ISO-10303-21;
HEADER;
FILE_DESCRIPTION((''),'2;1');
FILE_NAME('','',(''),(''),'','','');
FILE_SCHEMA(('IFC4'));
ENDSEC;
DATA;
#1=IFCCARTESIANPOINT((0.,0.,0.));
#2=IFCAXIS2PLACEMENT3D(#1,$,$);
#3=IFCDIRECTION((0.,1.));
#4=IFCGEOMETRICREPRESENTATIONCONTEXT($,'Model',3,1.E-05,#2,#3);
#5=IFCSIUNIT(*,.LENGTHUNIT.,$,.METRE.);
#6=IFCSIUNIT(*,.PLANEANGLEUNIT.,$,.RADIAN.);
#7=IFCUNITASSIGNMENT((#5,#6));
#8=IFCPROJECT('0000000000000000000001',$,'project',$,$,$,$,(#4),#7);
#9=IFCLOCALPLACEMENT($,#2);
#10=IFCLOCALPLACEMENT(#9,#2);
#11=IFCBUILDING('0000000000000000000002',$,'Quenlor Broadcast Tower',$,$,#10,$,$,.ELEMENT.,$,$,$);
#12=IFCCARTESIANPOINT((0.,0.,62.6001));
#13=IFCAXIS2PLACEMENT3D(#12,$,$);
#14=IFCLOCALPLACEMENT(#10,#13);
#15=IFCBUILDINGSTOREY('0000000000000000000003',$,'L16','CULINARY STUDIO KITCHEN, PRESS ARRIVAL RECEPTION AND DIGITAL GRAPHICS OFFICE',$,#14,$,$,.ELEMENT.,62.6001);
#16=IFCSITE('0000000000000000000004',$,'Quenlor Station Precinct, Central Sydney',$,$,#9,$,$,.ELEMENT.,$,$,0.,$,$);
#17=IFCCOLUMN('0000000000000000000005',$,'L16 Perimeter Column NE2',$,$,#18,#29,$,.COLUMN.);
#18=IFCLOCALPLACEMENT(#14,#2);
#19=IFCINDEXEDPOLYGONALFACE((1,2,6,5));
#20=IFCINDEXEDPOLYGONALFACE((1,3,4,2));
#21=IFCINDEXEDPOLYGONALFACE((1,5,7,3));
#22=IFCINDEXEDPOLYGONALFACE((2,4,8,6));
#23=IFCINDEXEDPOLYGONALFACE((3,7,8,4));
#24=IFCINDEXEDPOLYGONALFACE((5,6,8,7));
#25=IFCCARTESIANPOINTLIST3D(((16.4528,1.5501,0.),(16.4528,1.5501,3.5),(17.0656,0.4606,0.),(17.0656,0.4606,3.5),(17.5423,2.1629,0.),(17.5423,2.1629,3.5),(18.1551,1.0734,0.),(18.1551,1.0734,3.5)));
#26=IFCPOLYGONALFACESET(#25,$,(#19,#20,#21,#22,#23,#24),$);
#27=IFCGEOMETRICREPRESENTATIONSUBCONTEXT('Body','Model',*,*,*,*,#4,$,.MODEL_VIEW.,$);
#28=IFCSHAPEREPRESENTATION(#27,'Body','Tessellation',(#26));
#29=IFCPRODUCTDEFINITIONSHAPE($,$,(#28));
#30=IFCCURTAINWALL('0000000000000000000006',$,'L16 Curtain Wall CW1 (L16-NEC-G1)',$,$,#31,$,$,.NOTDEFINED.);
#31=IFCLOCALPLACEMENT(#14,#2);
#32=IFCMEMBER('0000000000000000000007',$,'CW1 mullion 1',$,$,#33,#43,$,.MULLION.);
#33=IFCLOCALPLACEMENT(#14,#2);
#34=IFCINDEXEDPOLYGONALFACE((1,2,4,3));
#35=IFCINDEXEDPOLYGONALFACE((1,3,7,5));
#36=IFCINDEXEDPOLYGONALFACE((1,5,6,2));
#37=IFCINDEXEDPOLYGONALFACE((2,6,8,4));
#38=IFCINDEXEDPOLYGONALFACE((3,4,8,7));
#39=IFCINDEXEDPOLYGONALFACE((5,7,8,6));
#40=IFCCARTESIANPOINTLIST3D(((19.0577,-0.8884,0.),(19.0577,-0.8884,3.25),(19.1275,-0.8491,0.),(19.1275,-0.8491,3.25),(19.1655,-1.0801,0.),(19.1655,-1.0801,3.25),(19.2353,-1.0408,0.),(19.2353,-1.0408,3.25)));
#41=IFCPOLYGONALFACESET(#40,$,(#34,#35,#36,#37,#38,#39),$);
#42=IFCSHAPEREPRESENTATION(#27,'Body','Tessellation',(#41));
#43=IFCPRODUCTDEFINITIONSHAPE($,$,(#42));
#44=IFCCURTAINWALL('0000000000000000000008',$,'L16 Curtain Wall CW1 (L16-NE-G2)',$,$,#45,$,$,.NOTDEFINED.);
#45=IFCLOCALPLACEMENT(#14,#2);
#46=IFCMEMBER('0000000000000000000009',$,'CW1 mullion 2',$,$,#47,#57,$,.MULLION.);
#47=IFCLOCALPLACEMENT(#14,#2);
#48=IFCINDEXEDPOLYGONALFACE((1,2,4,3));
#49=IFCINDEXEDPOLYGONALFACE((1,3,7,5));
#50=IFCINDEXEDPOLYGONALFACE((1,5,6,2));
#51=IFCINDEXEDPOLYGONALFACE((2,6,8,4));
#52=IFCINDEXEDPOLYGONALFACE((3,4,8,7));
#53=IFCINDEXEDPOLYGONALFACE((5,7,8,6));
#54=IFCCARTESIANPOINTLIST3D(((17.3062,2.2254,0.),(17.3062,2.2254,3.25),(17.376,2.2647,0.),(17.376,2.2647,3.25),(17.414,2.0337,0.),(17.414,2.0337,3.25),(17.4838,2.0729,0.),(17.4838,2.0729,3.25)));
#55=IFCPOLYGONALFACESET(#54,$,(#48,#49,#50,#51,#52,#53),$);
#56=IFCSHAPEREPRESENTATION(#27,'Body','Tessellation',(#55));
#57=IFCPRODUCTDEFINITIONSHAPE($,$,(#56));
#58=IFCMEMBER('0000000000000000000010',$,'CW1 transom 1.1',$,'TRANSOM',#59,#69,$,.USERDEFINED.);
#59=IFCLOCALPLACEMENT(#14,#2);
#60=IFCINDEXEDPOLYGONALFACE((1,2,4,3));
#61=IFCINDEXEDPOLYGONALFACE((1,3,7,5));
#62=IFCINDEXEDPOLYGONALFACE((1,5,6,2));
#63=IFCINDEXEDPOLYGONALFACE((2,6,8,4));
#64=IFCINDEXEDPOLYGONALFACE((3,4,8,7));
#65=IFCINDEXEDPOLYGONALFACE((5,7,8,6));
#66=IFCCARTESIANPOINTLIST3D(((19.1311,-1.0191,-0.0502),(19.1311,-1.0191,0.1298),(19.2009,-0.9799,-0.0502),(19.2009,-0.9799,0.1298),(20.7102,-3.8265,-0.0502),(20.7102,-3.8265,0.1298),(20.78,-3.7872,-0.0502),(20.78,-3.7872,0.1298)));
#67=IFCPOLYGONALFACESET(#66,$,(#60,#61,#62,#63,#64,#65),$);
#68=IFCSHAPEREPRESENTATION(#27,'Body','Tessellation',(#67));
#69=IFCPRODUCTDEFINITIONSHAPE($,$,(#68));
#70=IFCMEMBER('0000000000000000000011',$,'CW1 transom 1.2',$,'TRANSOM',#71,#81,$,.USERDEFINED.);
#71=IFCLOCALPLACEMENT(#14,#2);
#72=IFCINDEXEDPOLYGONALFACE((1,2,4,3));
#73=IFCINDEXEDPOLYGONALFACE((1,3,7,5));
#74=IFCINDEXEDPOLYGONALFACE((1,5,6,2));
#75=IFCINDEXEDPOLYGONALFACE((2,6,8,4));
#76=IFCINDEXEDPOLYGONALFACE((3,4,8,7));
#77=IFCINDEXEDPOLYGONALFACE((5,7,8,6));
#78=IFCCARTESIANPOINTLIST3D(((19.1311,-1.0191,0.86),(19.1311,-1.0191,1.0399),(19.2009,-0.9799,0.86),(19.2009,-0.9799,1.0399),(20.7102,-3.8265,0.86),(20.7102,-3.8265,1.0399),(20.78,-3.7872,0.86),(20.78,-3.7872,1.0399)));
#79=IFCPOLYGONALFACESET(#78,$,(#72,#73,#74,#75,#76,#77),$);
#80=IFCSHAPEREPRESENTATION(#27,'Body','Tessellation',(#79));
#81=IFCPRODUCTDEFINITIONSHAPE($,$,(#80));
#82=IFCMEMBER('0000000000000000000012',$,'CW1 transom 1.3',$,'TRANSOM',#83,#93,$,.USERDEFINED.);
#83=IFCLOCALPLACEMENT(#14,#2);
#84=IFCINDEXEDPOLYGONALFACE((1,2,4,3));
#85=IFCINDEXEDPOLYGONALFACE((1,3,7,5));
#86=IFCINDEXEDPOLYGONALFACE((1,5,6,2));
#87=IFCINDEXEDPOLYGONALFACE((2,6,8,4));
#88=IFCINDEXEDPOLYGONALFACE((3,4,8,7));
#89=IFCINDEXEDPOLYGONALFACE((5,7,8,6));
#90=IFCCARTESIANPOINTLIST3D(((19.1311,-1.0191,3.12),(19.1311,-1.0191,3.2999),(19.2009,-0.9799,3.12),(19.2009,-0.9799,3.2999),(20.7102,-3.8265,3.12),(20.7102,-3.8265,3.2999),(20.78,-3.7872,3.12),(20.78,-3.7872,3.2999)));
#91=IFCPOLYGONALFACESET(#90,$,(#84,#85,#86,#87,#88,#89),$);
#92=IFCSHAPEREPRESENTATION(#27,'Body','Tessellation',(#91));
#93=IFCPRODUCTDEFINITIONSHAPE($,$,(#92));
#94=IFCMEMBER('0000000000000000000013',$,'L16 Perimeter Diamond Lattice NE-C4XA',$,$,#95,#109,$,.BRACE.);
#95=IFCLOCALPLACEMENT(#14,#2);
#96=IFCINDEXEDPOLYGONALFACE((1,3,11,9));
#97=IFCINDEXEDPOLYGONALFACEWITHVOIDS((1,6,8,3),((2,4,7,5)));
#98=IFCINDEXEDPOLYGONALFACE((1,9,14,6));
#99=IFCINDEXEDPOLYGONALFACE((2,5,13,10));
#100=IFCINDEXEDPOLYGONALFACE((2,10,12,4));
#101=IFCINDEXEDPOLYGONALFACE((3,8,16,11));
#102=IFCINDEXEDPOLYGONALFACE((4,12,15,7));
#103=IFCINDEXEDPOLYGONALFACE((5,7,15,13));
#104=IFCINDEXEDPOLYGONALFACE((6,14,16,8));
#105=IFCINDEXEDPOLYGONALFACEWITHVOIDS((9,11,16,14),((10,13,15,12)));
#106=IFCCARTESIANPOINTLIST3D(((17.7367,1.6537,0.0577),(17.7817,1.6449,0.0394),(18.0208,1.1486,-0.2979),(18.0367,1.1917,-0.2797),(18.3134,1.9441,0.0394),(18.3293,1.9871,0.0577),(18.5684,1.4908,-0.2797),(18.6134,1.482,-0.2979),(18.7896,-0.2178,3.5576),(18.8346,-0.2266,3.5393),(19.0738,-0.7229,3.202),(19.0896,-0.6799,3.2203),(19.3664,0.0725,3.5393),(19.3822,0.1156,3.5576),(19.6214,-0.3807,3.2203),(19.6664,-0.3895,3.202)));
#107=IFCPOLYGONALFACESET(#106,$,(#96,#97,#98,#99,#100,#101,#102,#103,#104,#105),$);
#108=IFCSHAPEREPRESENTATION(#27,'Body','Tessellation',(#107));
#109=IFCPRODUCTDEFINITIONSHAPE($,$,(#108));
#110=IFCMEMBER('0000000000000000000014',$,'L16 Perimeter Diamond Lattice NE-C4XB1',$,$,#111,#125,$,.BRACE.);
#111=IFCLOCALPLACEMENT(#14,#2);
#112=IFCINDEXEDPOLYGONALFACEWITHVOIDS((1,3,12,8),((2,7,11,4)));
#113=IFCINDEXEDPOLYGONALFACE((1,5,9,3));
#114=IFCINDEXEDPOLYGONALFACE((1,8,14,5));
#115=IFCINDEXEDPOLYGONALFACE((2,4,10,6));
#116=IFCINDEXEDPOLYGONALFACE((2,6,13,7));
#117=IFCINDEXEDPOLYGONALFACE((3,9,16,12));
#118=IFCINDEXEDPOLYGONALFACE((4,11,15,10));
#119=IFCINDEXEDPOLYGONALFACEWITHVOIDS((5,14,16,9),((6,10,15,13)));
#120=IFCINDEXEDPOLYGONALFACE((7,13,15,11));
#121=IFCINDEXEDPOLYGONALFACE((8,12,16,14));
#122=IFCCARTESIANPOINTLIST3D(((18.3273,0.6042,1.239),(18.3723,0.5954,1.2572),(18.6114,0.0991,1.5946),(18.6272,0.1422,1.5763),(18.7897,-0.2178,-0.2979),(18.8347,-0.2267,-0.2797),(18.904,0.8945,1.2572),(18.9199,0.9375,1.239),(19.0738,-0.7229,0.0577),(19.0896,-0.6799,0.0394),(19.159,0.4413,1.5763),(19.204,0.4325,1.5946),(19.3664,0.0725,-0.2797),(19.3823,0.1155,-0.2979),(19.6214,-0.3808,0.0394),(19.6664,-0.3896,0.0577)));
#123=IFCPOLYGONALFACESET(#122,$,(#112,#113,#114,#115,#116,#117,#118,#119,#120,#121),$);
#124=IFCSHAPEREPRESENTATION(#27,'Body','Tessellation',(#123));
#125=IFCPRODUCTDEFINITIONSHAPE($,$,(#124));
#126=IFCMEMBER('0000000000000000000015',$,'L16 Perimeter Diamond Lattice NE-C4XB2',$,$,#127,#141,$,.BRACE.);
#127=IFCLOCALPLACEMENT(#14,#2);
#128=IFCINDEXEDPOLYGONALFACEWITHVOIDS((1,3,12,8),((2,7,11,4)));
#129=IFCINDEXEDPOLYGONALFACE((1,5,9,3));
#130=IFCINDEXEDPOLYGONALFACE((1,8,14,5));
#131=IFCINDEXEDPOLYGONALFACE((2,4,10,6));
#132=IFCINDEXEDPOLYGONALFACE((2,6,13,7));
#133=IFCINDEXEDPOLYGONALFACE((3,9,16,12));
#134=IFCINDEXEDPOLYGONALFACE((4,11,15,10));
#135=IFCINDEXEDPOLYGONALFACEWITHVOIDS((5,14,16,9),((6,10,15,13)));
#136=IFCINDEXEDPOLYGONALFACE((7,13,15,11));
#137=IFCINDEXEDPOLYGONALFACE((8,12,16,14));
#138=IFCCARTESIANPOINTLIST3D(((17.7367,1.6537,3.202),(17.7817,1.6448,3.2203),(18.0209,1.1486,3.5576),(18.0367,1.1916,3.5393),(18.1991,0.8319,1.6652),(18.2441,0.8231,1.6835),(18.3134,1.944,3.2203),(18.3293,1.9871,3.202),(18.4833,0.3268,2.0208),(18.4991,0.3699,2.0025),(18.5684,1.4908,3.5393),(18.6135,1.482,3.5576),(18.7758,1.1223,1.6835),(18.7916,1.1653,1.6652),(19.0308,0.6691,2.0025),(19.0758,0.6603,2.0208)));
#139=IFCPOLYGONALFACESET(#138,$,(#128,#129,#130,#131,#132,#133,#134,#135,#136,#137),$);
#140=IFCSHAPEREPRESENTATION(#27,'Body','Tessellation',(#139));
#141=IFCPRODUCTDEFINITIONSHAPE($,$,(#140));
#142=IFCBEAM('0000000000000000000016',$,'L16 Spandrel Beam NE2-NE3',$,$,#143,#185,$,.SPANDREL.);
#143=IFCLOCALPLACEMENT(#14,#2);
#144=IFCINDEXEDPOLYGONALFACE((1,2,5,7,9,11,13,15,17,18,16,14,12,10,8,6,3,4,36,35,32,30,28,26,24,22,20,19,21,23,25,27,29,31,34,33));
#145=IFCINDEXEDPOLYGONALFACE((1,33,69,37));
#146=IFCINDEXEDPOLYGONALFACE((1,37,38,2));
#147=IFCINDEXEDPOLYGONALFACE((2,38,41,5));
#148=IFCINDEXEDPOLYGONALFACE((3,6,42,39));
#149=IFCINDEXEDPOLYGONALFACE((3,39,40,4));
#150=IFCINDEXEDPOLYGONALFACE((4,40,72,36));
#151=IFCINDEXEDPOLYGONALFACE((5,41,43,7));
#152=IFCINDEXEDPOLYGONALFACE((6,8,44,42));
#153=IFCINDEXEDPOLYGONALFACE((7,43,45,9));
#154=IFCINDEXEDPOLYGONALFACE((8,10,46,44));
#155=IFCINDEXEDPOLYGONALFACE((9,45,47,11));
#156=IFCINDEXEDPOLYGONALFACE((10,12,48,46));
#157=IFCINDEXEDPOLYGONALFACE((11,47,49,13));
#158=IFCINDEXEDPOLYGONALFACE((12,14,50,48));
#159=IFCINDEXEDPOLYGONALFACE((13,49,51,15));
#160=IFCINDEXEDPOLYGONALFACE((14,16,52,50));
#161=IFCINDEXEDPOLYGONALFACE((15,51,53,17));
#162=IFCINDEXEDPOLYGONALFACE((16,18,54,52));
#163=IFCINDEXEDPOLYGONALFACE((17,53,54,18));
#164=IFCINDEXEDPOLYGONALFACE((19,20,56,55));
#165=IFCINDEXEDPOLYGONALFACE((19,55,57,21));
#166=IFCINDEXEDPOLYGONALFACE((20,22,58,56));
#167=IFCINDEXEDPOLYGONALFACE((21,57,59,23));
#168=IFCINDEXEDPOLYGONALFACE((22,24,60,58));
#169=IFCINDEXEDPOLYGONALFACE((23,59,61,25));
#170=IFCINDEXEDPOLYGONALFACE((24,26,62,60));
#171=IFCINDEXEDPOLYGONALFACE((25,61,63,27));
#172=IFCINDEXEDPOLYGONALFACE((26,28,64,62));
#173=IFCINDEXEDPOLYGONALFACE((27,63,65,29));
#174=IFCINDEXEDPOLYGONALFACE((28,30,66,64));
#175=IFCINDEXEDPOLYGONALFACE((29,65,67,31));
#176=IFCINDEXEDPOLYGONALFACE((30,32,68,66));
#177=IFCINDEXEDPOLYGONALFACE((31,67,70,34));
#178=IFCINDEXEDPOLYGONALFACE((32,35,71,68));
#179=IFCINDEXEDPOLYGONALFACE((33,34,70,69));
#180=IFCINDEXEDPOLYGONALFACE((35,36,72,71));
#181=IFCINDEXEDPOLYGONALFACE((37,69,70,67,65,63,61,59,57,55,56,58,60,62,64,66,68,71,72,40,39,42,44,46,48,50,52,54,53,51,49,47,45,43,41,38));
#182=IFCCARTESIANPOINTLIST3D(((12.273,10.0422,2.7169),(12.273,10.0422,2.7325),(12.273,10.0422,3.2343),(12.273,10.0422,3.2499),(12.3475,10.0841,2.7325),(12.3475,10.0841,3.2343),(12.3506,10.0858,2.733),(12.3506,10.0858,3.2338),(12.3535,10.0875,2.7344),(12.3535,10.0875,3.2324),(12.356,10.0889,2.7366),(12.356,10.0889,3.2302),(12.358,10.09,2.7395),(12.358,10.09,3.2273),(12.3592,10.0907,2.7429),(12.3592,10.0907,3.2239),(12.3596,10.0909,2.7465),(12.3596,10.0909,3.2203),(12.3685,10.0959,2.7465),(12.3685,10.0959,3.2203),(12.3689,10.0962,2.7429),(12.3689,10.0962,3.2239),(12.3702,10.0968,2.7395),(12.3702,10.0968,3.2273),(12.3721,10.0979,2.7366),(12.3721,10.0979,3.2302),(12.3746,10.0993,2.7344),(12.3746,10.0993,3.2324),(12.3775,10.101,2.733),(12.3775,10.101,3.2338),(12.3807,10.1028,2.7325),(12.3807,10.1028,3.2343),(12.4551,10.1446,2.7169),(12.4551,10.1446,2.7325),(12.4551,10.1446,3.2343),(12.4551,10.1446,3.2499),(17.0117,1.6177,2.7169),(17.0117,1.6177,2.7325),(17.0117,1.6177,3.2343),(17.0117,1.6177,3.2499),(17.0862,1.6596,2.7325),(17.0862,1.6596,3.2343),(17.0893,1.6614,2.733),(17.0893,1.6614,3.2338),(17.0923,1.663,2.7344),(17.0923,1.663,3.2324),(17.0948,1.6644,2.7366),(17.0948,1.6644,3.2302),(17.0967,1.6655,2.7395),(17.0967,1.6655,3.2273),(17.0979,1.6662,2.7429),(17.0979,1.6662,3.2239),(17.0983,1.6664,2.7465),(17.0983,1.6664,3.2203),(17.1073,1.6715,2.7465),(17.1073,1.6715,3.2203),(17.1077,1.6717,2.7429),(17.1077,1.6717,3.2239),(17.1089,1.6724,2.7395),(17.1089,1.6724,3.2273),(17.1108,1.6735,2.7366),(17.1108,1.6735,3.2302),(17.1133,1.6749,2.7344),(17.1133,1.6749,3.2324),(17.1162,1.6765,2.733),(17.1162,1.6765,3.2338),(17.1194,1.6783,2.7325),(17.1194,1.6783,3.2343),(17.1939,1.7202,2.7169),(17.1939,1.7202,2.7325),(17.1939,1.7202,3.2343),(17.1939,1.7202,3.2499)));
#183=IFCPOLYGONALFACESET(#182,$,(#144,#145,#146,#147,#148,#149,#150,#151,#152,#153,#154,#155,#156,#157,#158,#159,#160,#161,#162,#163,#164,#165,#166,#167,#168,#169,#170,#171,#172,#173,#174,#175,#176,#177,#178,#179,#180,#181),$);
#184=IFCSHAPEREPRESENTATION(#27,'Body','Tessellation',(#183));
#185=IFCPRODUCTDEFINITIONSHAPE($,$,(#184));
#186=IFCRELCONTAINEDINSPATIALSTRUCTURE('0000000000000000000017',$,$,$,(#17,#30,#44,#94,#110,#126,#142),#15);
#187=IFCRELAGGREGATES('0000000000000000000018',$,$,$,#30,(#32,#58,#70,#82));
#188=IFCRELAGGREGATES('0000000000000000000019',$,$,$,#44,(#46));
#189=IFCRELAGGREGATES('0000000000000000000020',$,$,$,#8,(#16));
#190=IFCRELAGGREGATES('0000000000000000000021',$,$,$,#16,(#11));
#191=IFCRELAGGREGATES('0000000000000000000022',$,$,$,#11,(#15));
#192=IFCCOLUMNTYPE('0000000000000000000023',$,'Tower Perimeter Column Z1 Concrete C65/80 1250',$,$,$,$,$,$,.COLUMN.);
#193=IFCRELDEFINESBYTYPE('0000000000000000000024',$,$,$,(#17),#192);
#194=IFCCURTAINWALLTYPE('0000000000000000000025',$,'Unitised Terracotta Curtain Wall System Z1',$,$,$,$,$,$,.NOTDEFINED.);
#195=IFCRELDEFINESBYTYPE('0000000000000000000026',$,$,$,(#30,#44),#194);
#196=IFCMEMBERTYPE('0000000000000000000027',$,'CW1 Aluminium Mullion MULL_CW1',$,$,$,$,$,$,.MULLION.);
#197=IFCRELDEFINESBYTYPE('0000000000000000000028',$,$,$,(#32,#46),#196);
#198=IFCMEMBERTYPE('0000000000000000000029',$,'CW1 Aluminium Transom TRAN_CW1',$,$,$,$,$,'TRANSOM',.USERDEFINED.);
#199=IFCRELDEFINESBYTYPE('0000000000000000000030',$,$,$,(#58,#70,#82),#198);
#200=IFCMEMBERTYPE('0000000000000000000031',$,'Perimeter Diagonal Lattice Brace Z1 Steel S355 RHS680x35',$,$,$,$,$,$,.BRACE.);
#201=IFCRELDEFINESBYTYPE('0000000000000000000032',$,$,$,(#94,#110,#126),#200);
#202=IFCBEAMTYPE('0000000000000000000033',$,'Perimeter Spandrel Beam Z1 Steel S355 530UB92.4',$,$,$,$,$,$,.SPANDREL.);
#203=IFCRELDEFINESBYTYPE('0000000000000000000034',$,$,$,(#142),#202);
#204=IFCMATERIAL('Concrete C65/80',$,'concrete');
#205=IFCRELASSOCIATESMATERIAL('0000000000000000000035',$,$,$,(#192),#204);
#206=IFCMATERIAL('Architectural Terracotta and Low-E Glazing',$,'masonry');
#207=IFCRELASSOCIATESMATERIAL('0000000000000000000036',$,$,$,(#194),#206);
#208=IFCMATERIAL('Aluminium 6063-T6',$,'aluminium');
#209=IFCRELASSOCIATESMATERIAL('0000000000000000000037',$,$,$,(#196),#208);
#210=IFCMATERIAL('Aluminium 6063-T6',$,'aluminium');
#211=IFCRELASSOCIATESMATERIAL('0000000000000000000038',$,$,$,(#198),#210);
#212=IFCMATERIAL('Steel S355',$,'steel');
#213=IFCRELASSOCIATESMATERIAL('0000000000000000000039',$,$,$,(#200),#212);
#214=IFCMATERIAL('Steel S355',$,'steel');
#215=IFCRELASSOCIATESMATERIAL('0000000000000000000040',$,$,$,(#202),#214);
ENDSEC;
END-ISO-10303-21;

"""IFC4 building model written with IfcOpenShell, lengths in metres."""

from ifc_helpers import new_model, si_unit, direction, frame, origin, origin_2d, place, context, subcontext, project, spatial, rectangle, hollow_rectangle, i_section, extrude, material, material_profile, profile_set, type_object, element, aggregate, save


model = new_model("IFC4")

# Units and contexts
model_context = context("Model", 3, precision=1e-05, world=origin(), true_north=direction((0.0, 1.0)))
body_context = subcontext(model_context, "Body", "Model", "MODEL_VIEW")
ifc_project = project(units=[si_unit("LENGTHUNIT", "METRE"), si_unit("PLANEANGLEUNIT", "RADIAN")], contexts=[model_context])

# Site, building, storey
site_placement = place(None, origin())
site = spatial("IfcSite", under=ifc_project, at=site_placement, Name="Quenlor Station Precinct, Central Sydney", CompositionType="ELEMENT", RefElevation=0.0)
building_placement = place(site_placement, origin())
building = spatial("IfcBuilding", under=site, at=building_placement, Name="Quenlor Broadcast Tower", CompositionType="ELEMENT")
storey_placement = place(building_placement, frame((0.0, 0.0, 62.6001)))
storey = spatial("IfcBuildingStorey", under=building, at=storey_placement, Name="L16", Description="CULINARY STUDIO KITCHEN, PRESS ARRIVAL RECEPTION AND DIGITAL GRAPHICS OFFICE", CompositionType="ELEMENT", Elevation=62.6001)

# Column
ifc_material_1 = material(Name="Concrete C65/80", Category="concrete")
ifc_material_profile_1 = material_profile(ifc_material_1, rectangle(XDim=1.25, YDim=1.25, at=origin_2d()))
ifc_profile_set_1 = profile_set([ifc_material_profile_1], Name="Concrete C65/80 RC1250x1250")
column_type = type_object("IfcColumnType", Name="Tower Perimeter Column Z1 Concrete C65/80 1250", PredefinedType="COLUMN", material=ifc_profile_set_1)
column_placement = place(storey_placement, frame((17.304, 1.3118, 0.0), z_axis=(0.0, 0.0, 1.0), x_axis=(0.871575, 0.490262, 0.0)))
element("IfcColumn", 1, at=column_placement, inside=storey, type_object=column_type, Name="L16 Perimeter Column NE2", PredefinedType="COLUMN", context=body_context, shape_type="SweptSolid", body=[
    extrude(rectangle(XDim=1.25, YDim=1.25, at=origin_2d()), origin(), (0.0, 0.0, 1.0), 3.5),
])

# Curtain walls, members
ifc_material_2 = material(Name="Architectural Terracotta and Low-E Glazing", Category="masonry")
curtain_wall_type = type_object("IfcCurtainWallType", Name="Unitised Terracotta Curtain Wall System Z1", PredefinedType="NOTDEFINED", material=ifc_material_2)
curtain_wall_1_placement = place(storey_placement, origin())
curtain_wall_1 = element("IfcCurtainWall", 2, at=curtain_wall_1_placement, inside=storey, type_object=curtain_wall_type, Name="L16 Curtain Wall CW1 (L16-NEC-G1)", PredefinedType="NOTDEFINED")
ifc_material_3 = material(Name="Aluminium 6063-T6", Category="aluminium")
ifc_material_profile_2 = material_profile(ifc_material_3, rectangle(XDim=0.0801, YDim=0.22, at=origin_2d()))
ifc_profile_set_2 = profile_set([ifc_material_profile_2], Name="Aluminium 6063-T6 MULL80x220")
member_type_1 = type_object("IfcMemberType", Name="CW1 Aluminium Mullion MULL_CW1", PredefinedType="MULLION", material=ifc_profile_set_2)
member_1_placement = place(storey_placement, frame((19.1465, -0.9646, 0.0), z_axis=(0.0, 0.0, 1.0), x_axis=(0.871578, 0.490257, 0.0)))
member_1 = element("IfcMember", 3, at=member_1_placement, type_object=member_type_1, Name="CW1 mullion 1", PredefinedType="MULLION", context=body_context, shape_type="SweptSolid", body=[
    extrude(rectangle(XDim=0.0801, YDim=0.22, at=origin_2d()), origin(), (0.0, 0.0, 1.0), 3.25),
])
curtain_wall_2_placement = place(storey_placement, origin())
curtain_wall_2 = element("IfcCurtainWall", 4, at=curtain_wall_2_placement, inside=storey, type_object=curtain_wall_type, Name="L16 Curtain Wall CW1 (L16-NE-G2)", PredefinedType="NOTDEFINED")
member_2_placement = place(storey_placement, frame((17.395, 2.1492, 0.0), z_axis=(0.0, 0.0, 1.0), x_axis=(0.871568, 0.490274, 0.0)))
member_2 = element("IfcMember", 5, at=member_2_placement, type_object=member_type_1, Name="CW1 mullion 2", PredefinedType="MULLION", context=body_context, shape_type="SweptSolid", body=[
    extrude(rectangle(XDim=0.0801, YDim=0.22, at=origin_2d()), origin(), (0.0, 0.0, 1.0), 3.25),
])

# Members
ifc_material_4 = material(Name="Aluminium 6063-T6", Category="aluminium")
ifc_material_profile_3 = material_profile(ifc_material_4, rectangle(XDim=0.0801, YDim=0.1799, at=origin_2d()))
ifc_profile_set_3 = profile_set([ifc_material_profile_3], Name="Aluminium 6063-T6 TRAN80x180")
member_type_2 = type_object("IfcMemberType", Name="CW1 Aluminium Transom TRAN_CW1", ElementType="TRANSOM", PredefinedType="USERDEFINED", material=ifc_profile_set_3)
member_3_placement = place(storey_placement, frame((19.166, -0.9995, 0.0398), z_axis=(0.49025, -0.871582, 0.0), x_axis=(0.871582, 0.49025, 0.0)))
member_3 = element("IfcMember", 6, at=member_3_placement, type_object=member_type_2, Name="CW1 transom 1.1", ObjectType="TRANSOM", PredefinedType="USERDEFINED", context=body_context, shape_type="SweptSolid", body=[
    extrude(rectangle(XDim=0.0801, YDim=0.1799, at=origin_2d()), origin(), (0.0, 0.0, 1.0), 3.2209),
])
member_4_placement = place(storey_placement, frame((19.166, -0.9995, 0.95), z_axis=(0.49025, -0.871582, 0.0), x_axis=(0.871582, 0.49025, 0.0)))
member_4 = element("IfcMember", 7, at=member_4_placement, type_object=member_type_2, Name="CW1 transom 1.2", ObjectType="TRANSOM", PredefinedType="USERDEFINED", context=body_context, shape_type="SweptSolid", body=[
    extrude(rectangle(XDim=0.0801, YDim=0.1799, at=origin_2d()), origin(), (0.0, 0.0, 1.0), 3.2209),
])
member_5_placement = place(storey_placement, frame((19.166, -0.9995, 3.21), z_axis=(0.49025, -0.871582, 0.0), x_axis=(0.871582, 0.49025, 0.0)))
member_5 = element("IfcMember", 8, at=member_5_placement, type_object=member_type_2, Name="CW1 transom 1.3", ObjectType="TRANSOM", PredefinedType="USERDEFINED", context=body_context, shape_type="SweptSolid", body=[
    extrude(rectangle(XDim=0.0801, YDim=0.1799, at=origin_2d()), origin(), (0.0, 0.0, 1.0), 3.2209),
])
aggregate(curtain_wall_1, [member_1, member_3, member_4, member_5])

# Members
ifc_material_5 = material(Name="Steel S355", Category="steel")
ifc_material_profile_4 = material_profile(ifc_material_5, hollow_rectangle(XDim=0.6799, YDim=0.6799, WallThickness=0.0349, at=origin_2d()))
ifc_profile_set_4 = profile_set([ifc_material_profile_4], Name="Steel S355 RHS680x680x35")
member_type_3 = type_object("IfcMemberType", Name="Perimeter Diagonal Lattice Brace Z1 Steel S355 RHS680x35", PredefinedType="BRACE", material=ifc_profile_set_4)
member_6_placement = place(storey_placement, frame((18.175, 1.5679, -0.1201), z_axis=(0.256431, -0.455785, 0.852352), x_axis=(0.871533, 0.490337, 0.0)))
element("IfcMember", 9, at=member_6_placement, inside=storey, type_object=member_type_3, Name="L16 Perimeter Diamond Lattice NE-C4XA", PredefinedType="BRACE", context=body_context, shape_type="SweptSolid", body=[
    extrude(hollow_rectangle(XDim=0.6799, YDim=0.6799, WallThickness=0.0349, at=origin_2d()), origin(), (0.0, 0.0, 1.0), 4.1062),
])
member_7_placement = place(storey_placement, frame((19.228, -0.3037, -0.1201), z_axis=(-0.256436, 0.455871, 0.852304), x_axis=(-0.871569, -0.490274, 0.0)))
element("IfcMember", 10, at=member_7_placement, inside=storey, type_object=member_type_3, Name="L16 Perimeter Diamond Lattice NE-C4XB1", PredefinedType="BRACE", context=body_context, shape_type="SweptSolid", body=[
    extrude(hollow_rectangle(XDim=0.6799, YDim=0.6799, WallThickness=0.0349, at=origin_2d()), origin(), (0.0, 0.0, 1.0), 1.8032),
])
member_8_placement = place(storey_placement, frame((18.6375, 0.7461, 1.843), z_axis=(-0.256452, 0.455764, 0.852357), x_axis=(-0.871506, -0.490384, 0.0)))
element("IfcMember", 11, at=member_8_placement, inside=storey, type_object=member_type_3, Name="L16 Perimeter Diamond Lattice NE-C4XB2", PredefinedType="BRACE", context=body_context, shape_type="SweptSolid", body=[
    extrude(hollow_rectangle(XDim=0.6799, YDim=0.6799, WallThickness=0.0349, at=origin_2d()), origin(), (0.0, 0.0, 1.0), 1.803),
])

# Beam
ifc_material_6 = material(Name="Steel S355", Category="steel")
ifc_material_profile_5 = material_profile(ifc_material_6, i_section(OverallWidth=0.209, OverallDepth=0.533, WebThickness=0.0103, FlangeThickness=0.0156, FilletRadius=0.0139, at=origin_2d()))
ifc_profile_set_5 = profile_set([ifc_material_profile_5], Name="Steel S355 530UB92.4")
beam_type_1 = type_object("IfcBeamType", Name="Perimeter Spandrel Beam Z1 Steel S355 530UB92.4", PredefinedType="SPANDREL", material=ifc_profile_set_5)
beam_1_placement = place(storey_placement, frame((17.1028, 1.6689, 2.9834), z_axis=(-0.490258, 0.871578, 0.0), x_axis=(-0.871578, -0.490258, 0.0)))
element("IfcBeam", 12, at=beam_1_placement, inside=storey, type_object=beam_type_1, Name="L16 Spandrel Beam NE2-NE3", PredefinedType="SPANDREL", context=body_context, shape_type="SweptSolid", body=[
    extrude(i_section(OverallWidth=0.209, OverallDepth=0.533, WebThickness=0.0103, FlangeThickness=0.0156, FilletRadius=0.0139, at=origin_2d()), origin(), (0.0, 0.0, 1.0), 9.6658),
])

aggregate(curtain_wall_2, [member_2])

save(model, "model.ifc")
